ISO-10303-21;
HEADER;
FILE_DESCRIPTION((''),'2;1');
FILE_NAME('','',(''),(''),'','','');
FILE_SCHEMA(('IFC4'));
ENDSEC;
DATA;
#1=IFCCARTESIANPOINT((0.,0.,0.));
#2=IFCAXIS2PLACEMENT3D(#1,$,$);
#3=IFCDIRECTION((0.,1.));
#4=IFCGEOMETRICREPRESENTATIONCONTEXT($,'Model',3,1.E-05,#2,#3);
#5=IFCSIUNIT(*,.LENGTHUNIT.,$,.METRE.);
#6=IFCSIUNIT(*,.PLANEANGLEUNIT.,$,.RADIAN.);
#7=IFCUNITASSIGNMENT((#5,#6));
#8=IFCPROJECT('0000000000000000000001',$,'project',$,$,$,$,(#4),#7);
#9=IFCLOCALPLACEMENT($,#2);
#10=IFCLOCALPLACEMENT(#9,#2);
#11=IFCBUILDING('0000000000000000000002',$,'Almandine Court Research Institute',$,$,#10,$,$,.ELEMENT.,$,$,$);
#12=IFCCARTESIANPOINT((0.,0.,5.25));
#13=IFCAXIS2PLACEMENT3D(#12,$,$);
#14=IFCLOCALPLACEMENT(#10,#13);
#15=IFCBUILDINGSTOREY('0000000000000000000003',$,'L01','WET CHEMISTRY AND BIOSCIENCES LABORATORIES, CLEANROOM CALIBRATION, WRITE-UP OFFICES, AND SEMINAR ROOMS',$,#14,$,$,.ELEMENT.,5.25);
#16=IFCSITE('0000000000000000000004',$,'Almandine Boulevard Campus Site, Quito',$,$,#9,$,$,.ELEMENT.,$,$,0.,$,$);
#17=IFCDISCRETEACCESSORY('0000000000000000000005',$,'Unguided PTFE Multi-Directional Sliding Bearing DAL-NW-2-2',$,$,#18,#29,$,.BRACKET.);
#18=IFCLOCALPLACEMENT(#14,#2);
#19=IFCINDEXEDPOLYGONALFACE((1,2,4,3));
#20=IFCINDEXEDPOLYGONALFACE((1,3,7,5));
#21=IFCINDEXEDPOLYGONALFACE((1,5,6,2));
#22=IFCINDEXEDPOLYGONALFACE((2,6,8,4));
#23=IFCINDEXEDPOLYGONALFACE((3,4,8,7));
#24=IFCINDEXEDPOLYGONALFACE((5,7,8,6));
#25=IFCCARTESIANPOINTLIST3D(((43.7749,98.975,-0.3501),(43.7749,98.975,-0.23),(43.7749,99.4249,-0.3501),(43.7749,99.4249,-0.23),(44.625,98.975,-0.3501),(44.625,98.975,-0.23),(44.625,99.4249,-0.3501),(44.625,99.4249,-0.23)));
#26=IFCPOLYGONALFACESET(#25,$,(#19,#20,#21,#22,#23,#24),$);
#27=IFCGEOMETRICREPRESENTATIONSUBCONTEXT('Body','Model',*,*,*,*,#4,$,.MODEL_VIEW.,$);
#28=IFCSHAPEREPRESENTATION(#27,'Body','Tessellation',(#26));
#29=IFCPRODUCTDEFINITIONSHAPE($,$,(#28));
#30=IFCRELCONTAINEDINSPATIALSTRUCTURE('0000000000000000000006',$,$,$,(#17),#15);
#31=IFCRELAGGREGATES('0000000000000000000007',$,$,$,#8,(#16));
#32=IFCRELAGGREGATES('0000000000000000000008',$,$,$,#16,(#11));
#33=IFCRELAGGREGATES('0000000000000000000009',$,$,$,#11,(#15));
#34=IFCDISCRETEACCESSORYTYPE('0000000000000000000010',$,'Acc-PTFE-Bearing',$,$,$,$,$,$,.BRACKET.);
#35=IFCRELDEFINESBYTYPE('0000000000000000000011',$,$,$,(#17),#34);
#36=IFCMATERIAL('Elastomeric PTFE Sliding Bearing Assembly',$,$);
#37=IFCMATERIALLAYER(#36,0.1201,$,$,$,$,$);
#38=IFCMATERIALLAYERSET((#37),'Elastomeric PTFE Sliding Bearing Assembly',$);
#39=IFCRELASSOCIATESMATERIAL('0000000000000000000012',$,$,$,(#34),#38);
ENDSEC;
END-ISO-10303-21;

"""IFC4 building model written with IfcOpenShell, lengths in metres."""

from ifc_helpers import new_model, si_unit, direction, frame, origin, origin_2d, place, context, subcontext, project, spatial, rectangle, extrude, material, layer, layer_set, type_object, element, save


model = new_model("IFC4")

# Units and contexts
model_context = context("Model", 3, precision=1e-05, world=origin(), true_north=direction((0.0, 1.0)))
body_context = subcontext(model_context, "Body", "Model", "MODEL_VIEW")
ifc_project = project(units=[si_unit("LENGTHUNIT", "METRE"), si_unit("PLANEANGLEUNIT", "RADIAN")], contexts=[model_context])

# Site, building, storey
site_placement = place(None, origin())
site = spatial("IfcSite", under=ifc_project, at=site_placement, Name="Almandine Boulevard Campus Site, Quito", CompositionType="ELEMENT", RefElevation=0.0)
building_placement = place(site_placement, origin())
building = spatial("IfcBuilding", under=site, at=building_placement, Name="Almandine Court Research Institute", CompositionType="ELEMENT")
storey_placement = place(building_placement, frame((0.0, 0.0, 5.25)))
storey = spatial("IfcBuildingStorey", under=building, at=storey_placement, Name="L01", Description="WET CHEMISTRY AND BIOSCIENCES LABORATORIES, CLEANROOM CALIBRATION, WRITE-UP OFFICES, AND SEMINAR ROOMS", CompositionType="ELEMENT", Elevation=5.25)

# Discrete accessory
ifc_material_1 = material(Name="Elastomeric PTFE Sliding Bearing Assembly")
ifc_layer_1 = layer(ifc_material_1, 0.1201)
ifc_layer_set_1 = layer_set([ifc_layer_1], Name="Elastomeric PTFE Sliding Bearing Assembly")
discrete_accessory_type_1 = type_object("IfcDiscreteAccessoryType", Name="Acc-PTFE-Bearing", PredefinedType="BRACKET", material=ifc_layer_set_1)
for number, where, z_axis, x_axis, name in (
    (1, (44.2, 99.2, -0.3501), (0.0, 0.0, 1.0), (1.0, 0.0, 0.0), "Unguided PTFE Multi-Directional Sliding Bearing DAL-NW-2-2"),
):
    element("IfcDiscreteAccessory", number, at=place(storey_placement, frame(where, z_axis=z_axis, x_axis=x_axis)), inside=storey, type_object=discrete_accessory_type_1, Name=name, PredefinedType="BRACKET", context=body_context, shape_type="SweptSolid", body=[
        extrude(rectangle(XDim=0.8501, YDim=0.45, at=origin_2d()), origin(), (0.0, 0.0, 1.0), 0.1201),
    ])

save(model, "model.ifc")
